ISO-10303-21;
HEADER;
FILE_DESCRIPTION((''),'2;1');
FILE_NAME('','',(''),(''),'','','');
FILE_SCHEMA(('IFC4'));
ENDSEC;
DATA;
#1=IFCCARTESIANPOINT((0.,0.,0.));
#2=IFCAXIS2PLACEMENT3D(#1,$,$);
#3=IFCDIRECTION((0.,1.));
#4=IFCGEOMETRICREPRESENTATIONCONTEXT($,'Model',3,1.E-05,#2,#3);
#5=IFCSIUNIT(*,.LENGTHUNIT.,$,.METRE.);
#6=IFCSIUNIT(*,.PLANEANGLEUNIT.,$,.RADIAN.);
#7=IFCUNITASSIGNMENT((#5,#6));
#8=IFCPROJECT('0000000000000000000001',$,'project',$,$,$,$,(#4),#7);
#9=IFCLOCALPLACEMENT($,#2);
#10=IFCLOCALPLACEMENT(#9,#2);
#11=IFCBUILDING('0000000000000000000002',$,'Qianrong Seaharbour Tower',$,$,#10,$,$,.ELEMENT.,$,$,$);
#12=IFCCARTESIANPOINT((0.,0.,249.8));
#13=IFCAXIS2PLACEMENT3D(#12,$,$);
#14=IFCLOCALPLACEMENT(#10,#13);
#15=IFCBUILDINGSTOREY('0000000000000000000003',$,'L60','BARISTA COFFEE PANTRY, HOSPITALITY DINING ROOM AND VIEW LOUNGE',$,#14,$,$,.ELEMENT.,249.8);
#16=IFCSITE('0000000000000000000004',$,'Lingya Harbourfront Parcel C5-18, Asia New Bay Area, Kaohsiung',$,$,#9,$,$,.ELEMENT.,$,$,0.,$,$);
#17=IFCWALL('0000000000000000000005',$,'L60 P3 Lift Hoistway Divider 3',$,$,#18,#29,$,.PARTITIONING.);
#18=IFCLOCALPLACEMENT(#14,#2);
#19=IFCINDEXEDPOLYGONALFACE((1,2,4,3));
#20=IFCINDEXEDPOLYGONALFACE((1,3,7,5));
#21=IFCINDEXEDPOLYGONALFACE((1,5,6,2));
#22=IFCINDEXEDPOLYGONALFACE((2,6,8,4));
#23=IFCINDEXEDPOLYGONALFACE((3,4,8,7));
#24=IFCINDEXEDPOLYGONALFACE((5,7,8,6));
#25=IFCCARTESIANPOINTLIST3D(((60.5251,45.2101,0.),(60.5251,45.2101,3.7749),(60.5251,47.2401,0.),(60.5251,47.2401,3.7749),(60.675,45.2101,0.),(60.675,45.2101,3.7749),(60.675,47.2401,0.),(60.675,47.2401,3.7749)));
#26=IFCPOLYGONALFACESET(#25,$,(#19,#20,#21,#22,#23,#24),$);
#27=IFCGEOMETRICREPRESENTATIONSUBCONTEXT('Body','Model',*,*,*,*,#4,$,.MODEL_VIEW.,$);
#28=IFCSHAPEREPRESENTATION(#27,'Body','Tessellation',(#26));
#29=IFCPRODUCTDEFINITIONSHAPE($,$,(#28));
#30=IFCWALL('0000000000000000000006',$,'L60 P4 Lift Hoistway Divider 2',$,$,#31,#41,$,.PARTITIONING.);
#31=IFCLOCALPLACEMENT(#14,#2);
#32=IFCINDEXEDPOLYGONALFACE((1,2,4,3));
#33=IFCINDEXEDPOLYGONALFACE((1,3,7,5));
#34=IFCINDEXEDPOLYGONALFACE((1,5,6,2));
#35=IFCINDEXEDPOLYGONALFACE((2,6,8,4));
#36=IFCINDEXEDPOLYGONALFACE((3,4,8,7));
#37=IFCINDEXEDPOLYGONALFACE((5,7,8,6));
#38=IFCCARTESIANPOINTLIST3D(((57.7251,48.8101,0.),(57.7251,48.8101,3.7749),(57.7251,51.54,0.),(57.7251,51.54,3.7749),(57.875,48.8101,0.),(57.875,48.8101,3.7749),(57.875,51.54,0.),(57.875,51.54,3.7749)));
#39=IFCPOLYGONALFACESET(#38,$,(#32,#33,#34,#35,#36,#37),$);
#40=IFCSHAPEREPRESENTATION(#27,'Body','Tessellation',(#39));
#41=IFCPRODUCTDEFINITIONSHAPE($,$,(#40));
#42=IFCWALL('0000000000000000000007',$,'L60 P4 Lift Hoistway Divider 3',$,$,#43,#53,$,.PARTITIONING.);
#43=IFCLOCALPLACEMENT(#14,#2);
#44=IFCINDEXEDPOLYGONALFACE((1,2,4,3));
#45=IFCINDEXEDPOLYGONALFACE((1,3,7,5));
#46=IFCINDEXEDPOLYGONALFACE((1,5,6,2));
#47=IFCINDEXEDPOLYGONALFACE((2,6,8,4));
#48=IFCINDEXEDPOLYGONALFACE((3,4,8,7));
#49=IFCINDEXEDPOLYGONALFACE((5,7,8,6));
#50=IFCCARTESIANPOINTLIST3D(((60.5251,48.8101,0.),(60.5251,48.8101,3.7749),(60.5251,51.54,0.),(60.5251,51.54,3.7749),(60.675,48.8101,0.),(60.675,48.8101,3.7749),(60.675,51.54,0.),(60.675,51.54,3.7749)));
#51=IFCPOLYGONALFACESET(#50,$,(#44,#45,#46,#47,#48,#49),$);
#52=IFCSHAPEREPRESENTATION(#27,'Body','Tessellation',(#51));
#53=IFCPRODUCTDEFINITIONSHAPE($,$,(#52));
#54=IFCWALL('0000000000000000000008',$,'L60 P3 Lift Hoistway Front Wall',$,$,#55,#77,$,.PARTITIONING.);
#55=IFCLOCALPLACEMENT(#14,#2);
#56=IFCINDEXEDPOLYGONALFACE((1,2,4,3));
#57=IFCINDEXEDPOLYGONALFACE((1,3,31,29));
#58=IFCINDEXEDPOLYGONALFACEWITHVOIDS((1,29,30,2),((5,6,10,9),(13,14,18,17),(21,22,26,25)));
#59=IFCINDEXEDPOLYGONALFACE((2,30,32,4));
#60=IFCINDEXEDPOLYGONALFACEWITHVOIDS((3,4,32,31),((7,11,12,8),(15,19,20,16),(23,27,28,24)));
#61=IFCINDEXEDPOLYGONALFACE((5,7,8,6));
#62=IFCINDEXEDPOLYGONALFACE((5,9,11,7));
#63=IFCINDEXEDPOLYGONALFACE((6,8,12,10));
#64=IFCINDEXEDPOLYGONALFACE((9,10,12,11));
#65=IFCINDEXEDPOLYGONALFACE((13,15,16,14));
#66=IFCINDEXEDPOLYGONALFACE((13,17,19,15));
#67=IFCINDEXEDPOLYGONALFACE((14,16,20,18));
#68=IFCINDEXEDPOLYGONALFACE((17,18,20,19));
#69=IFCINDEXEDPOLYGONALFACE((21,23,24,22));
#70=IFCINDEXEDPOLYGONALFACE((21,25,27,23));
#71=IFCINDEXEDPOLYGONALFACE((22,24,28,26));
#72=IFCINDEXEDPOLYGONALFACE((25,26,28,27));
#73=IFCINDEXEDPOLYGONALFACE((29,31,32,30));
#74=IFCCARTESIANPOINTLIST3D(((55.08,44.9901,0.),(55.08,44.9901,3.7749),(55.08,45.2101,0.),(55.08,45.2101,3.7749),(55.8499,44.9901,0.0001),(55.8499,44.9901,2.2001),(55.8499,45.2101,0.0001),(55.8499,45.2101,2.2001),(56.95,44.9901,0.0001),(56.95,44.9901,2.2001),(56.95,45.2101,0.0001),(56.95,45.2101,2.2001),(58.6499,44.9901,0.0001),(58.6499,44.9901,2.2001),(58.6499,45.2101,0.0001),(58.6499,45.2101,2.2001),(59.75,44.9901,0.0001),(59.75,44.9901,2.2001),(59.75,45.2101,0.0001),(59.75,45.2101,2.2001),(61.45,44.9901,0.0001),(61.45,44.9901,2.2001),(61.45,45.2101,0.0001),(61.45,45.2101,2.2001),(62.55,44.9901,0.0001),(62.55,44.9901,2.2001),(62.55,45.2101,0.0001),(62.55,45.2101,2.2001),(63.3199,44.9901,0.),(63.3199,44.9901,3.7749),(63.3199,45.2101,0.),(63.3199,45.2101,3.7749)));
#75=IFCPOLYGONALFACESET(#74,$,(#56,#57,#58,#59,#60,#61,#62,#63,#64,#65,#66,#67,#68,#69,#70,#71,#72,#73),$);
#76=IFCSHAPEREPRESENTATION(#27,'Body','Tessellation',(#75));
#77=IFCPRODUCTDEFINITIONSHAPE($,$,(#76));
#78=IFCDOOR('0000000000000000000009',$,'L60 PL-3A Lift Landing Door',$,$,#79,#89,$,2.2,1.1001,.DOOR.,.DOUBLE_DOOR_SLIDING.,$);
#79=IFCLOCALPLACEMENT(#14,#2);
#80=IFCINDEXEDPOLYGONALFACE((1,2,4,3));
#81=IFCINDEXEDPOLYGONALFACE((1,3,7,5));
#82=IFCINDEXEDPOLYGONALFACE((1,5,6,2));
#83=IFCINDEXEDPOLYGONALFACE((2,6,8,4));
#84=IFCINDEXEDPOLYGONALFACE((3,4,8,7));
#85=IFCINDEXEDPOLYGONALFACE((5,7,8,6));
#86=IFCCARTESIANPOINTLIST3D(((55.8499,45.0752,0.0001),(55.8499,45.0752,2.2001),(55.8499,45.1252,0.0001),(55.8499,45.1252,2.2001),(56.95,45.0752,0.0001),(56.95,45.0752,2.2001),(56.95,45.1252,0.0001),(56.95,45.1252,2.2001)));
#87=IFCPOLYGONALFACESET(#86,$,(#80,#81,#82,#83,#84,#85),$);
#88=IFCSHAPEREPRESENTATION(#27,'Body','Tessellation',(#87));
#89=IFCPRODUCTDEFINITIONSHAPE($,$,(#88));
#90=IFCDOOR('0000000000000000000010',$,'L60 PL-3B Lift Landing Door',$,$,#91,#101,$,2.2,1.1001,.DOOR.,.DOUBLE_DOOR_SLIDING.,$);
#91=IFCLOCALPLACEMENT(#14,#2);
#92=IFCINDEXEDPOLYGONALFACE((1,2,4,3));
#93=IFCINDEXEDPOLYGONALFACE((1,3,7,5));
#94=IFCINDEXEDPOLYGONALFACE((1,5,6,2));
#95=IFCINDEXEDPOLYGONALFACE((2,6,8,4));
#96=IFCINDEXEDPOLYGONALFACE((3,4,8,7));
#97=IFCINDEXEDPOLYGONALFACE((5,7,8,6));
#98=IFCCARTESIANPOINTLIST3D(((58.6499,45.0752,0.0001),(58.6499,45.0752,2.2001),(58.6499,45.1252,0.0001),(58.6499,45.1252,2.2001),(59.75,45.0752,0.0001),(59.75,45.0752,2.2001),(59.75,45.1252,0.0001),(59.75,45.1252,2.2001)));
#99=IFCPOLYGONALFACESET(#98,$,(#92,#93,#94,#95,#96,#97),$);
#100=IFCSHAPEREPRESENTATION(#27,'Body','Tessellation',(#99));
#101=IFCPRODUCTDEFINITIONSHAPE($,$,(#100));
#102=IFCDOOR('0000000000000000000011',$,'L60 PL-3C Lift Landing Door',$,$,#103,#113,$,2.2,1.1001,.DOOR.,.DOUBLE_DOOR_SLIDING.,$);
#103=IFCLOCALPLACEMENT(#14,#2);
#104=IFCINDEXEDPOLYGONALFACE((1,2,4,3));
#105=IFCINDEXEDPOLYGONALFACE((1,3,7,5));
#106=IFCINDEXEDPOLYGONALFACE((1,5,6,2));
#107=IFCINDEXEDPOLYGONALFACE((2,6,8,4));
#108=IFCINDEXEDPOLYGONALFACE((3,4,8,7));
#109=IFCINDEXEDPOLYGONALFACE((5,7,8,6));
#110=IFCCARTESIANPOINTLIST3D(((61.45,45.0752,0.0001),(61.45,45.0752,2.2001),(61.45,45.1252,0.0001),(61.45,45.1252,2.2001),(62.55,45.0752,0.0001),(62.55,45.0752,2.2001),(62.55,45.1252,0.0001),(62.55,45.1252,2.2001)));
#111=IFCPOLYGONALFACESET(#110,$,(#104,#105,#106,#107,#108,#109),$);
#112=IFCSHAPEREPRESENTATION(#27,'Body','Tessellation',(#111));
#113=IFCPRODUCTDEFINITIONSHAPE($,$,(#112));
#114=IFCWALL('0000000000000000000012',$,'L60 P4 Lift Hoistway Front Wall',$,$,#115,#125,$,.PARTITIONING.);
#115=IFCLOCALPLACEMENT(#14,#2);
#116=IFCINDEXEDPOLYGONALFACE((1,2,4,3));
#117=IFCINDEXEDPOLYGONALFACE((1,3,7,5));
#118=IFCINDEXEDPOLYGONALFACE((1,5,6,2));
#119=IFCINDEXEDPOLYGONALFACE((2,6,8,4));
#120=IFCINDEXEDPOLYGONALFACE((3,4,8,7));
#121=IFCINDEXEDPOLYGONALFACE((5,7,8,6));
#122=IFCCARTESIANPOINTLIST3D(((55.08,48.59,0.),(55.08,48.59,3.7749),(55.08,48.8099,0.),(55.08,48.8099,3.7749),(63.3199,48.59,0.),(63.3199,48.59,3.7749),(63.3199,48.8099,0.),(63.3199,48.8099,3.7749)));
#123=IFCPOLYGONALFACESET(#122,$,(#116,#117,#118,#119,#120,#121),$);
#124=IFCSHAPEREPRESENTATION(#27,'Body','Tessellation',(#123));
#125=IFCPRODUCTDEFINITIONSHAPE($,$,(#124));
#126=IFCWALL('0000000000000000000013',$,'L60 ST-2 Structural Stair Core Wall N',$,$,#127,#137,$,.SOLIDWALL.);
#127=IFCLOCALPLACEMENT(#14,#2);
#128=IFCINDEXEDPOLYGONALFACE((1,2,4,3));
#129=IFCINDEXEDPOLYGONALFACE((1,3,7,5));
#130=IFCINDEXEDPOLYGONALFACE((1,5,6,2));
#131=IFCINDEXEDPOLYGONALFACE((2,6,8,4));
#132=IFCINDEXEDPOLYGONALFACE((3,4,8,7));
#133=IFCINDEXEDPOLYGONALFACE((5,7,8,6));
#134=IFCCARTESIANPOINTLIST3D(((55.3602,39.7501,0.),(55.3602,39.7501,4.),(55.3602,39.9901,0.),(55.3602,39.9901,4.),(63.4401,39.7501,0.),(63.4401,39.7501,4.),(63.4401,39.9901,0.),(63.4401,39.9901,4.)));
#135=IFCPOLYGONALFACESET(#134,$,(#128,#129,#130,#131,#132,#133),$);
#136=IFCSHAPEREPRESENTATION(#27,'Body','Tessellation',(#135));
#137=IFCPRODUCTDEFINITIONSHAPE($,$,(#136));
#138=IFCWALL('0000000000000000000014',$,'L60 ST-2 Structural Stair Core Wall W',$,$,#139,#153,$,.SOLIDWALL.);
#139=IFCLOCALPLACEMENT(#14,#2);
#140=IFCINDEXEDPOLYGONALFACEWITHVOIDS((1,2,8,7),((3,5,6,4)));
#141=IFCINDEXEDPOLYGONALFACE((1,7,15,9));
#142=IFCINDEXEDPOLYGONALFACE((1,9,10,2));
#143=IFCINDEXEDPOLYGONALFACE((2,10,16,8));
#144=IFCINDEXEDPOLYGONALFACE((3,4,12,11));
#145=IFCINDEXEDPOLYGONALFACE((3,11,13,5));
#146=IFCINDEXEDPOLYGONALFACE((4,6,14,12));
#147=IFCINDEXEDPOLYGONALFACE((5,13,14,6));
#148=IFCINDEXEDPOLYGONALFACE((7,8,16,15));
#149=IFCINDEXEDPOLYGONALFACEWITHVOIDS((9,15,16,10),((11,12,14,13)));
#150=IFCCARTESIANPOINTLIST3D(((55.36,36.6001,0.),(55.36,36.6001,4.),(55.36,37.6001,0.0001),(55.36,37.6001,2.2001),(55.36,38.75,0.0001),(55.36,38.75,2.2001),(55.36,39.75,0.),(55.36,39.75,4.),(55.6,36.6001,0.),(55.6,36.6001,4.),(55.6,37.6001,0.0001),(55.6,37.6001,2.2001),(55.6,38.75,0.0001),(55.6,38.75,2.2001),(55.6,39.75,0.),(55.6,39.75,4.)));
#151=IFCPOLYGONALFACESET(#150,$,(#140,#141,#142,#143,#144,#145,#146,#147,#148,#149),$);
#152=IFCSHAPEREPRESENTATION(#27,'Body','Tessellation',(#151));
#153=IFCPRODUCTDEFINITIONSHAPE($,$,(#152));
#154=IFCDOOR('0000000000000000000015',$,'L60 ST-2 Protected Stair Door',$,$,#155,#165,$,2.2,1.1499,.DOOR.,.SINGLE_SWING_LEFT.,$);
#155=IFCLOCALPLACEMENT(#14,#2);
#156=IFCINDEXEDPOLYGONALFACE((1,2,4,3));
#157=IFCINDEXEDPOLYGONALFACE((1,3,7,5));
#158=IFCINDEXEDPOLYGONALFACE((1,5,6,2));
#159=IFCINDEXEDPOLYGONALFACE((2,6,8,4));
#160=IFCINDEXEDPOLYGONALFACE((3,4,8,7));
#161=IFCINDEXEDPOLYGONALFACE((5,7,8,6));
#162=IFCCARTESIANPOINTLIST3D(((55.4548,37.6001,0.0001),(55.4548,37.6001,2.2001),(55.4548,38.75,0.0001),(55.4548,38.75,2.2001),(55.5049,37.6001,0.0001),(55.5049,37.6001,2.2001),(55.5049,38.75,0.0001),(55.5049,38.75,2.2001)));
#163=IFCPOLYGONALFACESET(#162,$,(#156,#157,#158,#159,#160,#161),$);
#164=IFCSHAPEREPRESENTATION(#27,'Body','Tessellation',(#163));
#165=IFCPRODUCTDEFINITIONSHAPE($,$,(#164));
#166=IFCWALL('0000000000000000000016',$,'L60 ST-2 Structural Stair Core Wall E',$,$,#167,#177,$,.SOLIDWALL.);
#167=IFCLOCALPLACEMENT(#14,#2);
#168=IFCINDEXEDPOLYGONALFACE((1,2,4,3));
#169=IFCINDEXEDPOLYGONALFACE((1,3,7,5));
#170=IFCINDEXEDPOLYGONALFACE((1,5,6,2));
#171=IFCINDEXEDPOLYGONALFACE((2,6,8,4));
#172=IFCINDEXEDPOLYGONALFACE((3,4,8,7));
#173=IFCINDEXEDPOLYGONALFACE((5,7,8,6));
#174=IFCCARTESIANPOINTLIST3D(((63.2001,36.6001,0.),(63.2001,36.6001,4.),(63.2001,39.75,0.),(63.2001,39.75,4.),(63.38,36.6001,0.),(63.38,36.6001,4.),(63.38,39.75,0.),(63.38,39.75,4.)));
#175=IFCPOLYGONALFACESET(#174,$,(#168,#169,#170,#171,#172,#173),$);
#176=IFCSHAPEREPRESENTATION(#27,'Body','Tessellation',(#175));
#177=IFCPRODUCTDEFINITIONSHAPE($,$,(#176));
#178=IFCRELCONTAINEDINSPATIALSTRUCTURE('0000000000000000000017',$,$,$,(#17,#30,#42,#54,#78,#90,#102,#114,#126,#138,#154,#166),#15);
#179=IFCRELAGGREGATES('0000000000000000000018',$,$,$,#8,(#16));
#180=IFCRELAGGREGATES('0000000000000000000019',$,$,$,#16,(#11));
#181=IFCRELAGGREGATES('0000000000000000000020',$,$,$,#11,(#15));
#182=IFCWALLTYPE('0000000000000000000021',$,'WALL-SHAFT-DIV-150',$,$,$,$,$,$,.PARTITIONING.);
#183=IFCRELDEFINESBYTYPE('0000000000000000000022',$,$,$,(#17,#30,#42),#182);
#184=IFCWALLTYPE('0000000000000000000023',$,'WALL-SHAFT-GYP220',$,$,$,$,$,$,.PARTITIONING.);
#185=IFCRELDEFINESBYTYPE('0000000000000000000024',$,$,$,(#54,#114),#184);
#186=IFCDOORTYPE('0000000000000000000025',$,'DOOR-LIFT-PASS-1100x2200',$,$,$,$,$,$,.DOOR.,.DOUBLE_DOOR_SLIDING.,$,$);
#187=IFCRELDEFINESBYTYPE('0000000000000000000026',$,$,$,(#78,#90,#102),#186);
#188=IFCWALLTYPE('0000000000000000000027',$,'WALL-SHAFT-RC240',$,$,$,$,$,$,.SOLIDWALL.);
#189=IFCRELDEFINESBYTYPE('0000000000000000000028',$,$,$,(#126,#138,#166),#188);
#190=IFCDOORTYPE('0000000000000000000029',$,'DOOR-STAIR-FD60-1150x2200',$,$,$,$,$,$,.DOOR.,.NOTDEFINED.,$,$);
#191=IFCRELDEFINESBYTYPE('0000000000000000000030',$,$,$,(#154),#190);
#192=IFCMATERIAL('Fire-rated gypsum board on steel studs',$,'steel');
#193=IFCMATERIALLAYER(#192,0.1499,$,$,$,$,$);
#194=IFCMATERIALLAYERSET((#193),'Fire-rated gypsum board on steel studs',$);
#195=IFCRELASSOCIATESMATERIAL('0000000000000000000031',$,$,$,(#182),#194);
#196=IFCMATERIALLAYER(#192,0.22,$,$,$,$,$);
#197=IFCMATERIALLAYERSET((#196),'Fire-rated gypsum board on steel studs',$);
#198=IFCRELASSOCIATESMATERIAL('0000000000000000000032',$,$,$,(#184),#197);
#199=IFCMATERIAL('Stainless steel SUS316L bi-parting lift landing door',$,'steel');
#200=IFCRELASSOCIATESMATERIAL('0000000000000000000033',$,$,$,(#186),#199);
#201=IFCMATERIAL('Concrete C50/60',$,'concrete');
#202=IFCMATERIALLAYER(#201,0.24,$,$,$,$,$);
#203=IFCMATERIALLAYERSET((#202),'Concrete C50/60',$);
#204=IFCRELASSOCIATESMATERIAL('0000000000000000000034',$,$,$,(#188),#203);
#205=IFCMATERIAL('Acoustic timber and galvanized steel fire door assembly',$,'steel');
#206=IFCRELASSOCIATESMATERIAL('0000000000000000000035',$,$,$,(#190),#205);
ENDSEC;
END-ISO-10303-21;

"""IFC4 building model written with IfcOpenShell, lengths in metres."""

from ifc_helpers import new_model, si_unit, direction, frame, frame_2d, origin, place, context, subcontext, project, spatial, rectangle, extrude, material, layer, layer_set, type_object, element, fill, save


model = new_model("IFC4")

# Units and contexts
model_context = context("Model", 3, precision=1e-05, world=origin(), true_north=direction((0.0, 1.0)))
body_context = subcontext(model_context, "Body", "Model", "MODEL_VIEW")
ifc_project = project(units=[si_unit("LENGTHUNIT", "METRE"), si_unit("PLANEANGLEUNIT", "RADIAN")], contexts=[model_context])

# Site, building, storey
site_placement = place(None, origin())
site = spatial("IfcSite", under=ifc_project, at=site_placement, Name="Lingya Harbourfront Parcel C5-18, Asia New Bay Area, Kaohsiung", CompositionType="ELEMENT", RefElevation=0.0)
building_placement = place(site_placement, origin())
building = spatial("IfcBuilding", under=site, at=building_placement, Name="Qianrong Seaharbour Tower", CompositionType="ELEMENT")
storey_placement = place(building_placement, frame((0.0, 0.0, 249.8)))
storey = spatial("IfcBuildingStorey", under=building, at=storey_placement, Name="L60", Description="BARISTA COFFEE PANTRY, HOSPITALITY DINING ROOM AND VIEW LOUNGE", CompositionType="ELEMENT", Elevation=249.8)

# Shared definitions
ifc_material_1 = material(Name="Acoustic timber and galvanized steel fire door assembly", Category="steel")

# Walls
ifc_material_2 = material(Name="Fire-rated gypsum board on steel studs", Category="steel")
ifc_layer_1 = layer(ifc_material_2, 0.1499)
ifc_layer_set_1 = layer_set([ifc_layer_1], Name="Fire-rated gypsum board on steel studs")
wall_type_1 = type_object("IfcWallType", Name="WALL-SHAFT-DIV-150", PredefinedType="PARTITIONING", material=ifc_layer_set_1)
for number, where, z_axis, x_axis, name in (
    (1, (60.6001, 45.21, 0.0), (0.0, 0.0, 1.0), (0.0, 1.0, 0.0), "L60 P3 Lift Hoistway Divider 3"),
):
    element("IfcWall", number, at=place(storey_placement, frame(where, z_axis=z_axis, x_axis=x_axis)), inside=storey, type_object=wall_type_1, Name=name, PredefinedType="PARTITIONING", context=body_context, shape_type="SweptSolid", body=[
        extrude(rectangle(XDim=2.03, YDim=0.1499, at=frame_2d((1.0151, 0.0))), origin(), (0.0, 0.0, 1.0), 3.7749),
    ])
for number, where, z_axis, x_axis, name in (
    (2, (57.8, 48.8101, 0.0), (0.0, 0.0, 1.0), (0.0, 1.0, 0.0), "L60 P4 Lift Hoistway Divider 2"),
    (3, (60.6001, 48.8101, 0.0), (0.0, 0.0, 1.0), (0.0, 1.0, 0.0), "L60 P4 Lift Hoistway Divider 3"),
):
    element("IfcWall", number, at=place(storey_placement, frame(where, z_axis=z_axis, x_axis=x_axis)), inside=storey, type_object=wall_type_1, Name=name, PredefinedType="PARTITIONING", context=body_context, shape_type="SweptSolid", body=[
        extrude(rectangle(XDim=2.73, YDim=0.1499, at=frame_2d((1.365, 0.0))), origin(), (0.0, 0.0, 1.0), 3.7749),
    ])

# Wall, openings, doors
ifc_layer_2 = layer(ifc_material_2, 0.22)
ifc_layer_set_2 = layer_set([ifc_layer_2], Name="Fire-rated gypsum board on steel studs")
wall_type_2 = type_object("IfcWallType", Name="WALL-SHAFT-GYP220", PredefinedType="PARTITIONING", material=ifc_layer_set_2)
wall_1_placement = place(storey_placement, frame((63.3201, 45.1001, 0.0), z_axis=(0.0, 0.0, 1.0), x_axis=(-1.0, 0.0, 0.0)))
wall_1 = element("IfcWall", 4, at=wall_1_placement, inside=storey, type_object=wall_type_2, Name="L60 P3 Lift Hoistway Front Wall", PredefinedType="PARTITIONING", context=body_context, shape_type="SweptSolid", body=[
    extrude(rectangle(XDim=8.24, YDim=0.22, at=frame_2d((4.1201, 0.0))), origin(), (0.0, 0.0, 1.0), 3.7749),
])
opening_1_placement = place(wall_1_placement, frame((6.3701, 0.0, 0.0)))
opening_1 = element("IfcOpeningElement", 5, at=opening_1_placement, cuts=wall_1, PredefinedType="OPENING", context=body_context, shape_type="SweptSolid", body=[
    extrude(rectangle(XDim=1.1001, YDim=2.2, at=frame_2d((0.55, 1.1001))), frame((0.0, 0.1201, 0.0), z_axis=(0.0, -1.0, 0.0), x_axis=(1.0, 0.0, 0.0)), (0.0, 0.0, 1.0), 0.24),
])
opening_2_placement = place(wall_1_placement, frame((3.5701, 0.0, 0.0)))
opening_2 = element("IfcOpeningElement", 6, at=opening_2_placement, cuts=wall_1, PredefinedType="OPENING", context=body_context, shape_type="SweptSolid", body=[
    extrude(rectangle(XDim=1.1001, YDim=2.2, at=frame_2d((0.55, 1.1001))), frame((0.0, 0.1201, 0.0), z_axis=(0.0, -1.0, 0.0), x_axis=(1.0, 0.0, 0.0)), (0.0, 0.0, 1.0), 0.24),
])
opening_3_placement = place(wall_1_placement, frame((0.77, 0.0, 0.0)))
opening_3 = element("IfcOpeningElement", 7, at=opening_3_placement, cuts=wall_1, PredefinedType="OPENING", context=body_context, shape_type="SweptSolid", body=[
    extrude(rectangle(XDim=1.1001, YDim=2.2, at=frame_2d((0.55, 1.1001))), frame((0.0, 0.1201, 0.0), z_axis=(0.0, -1.0, 0.0), x_axis=(1.0, 0.0, 0.0)), (0.0, 0.0, 1.0), 0.24),
])
ifc_material_3 = material(Name="Stainless steel SUS316L bi-parting lift landing door", Category="steel")
door_type_1 = type_object("IfcDoorType", Name="DOOR-LIFT-PASS-1100x2200", OperationType="DOUBLE_DOOR_SLIDING", PredefinedType="DOOR", material=ifc_material_3)
door_1_placement = place(opening_1_placement, origin())
door_1 = element("IfcDoor", 8, at=door_1_placement, inside=storey, type_object=door_type_1, Name="L60 PL-3A Lift Landing Door", OperationType="DOUBLE_DOOR_SLIDING", OverallHeight=2.2, OverallWidth=1.1001, PredefinedType="DOOR", context=body_context, shape_type="SweptSolid", body=[
    extrude(rectangle(XDim=1.1001, YDim=2.2, at=frame_2d((0.55, 1.1001))), frame((0.0, 0.0249, 0.0), z_axis=(0.0, -1.0, 0.0), x_axis=(1.0, 0.0, 0.0)), (0.0, 0.0, 1.0), 0.05),
])
fill(opening_1, door_1)
door_2_placement = place(opening_2_placement, origin())
door_2 = element("IfcDoor", 9, at=door_2_placement, inside=storey, type_object=door_type_1, Name="L60 PL-3B Lift Landing Door", OperationType="DOUBLE_DOOR_SLIDING", OverallHeight=2.2, OverallWidth=1.1001, PredefinedType="DOOR", context=body_context, shape_type="SweptSolid", body=[
    extrude(rectangle(XDim=1.1001, YDim=2.2, at=frame_2d((0.55, 1.1001))), frame((0.0, 0.0249, 0.0), z_axis=(0.0, -1.0, 0.0), x_axis=(1.0, 0.0, 0.0)), (0.0, 0.0, 1.0), 0.05),
])
fill(opening_2, door_2)
door_3_placement = place(opening_3_placement, origin())
door_3 = element("IfcDoor", 10, at=door_3_placement, inside=storey, type_object=door_type_1, Name="L60 PL-3C Lift Landing Door", OperationType="DOUBLE_DOOR_SLIDING", OverallHeight=2.2, OverallWidth=1.1001, PredefinedType="DOOR", context=body_context, shape_type="SweptSolid", body=[
    extrude(rectangle(XDim=1.1001, YDim=2.2, at=frame_2d((0.55, 1.1001))), frame((0.0, 0.0249, 0.0), z_axis=(0.0, -1.0, 0.0), x_axis=(1.0, 0.0, 0.0)), (0.0, 0.0, 1.0), 0.05),
])
fill(opening_3, door_3)

# Walls
wall_2_placement = place(storey_placement, frame((63.3201, 48.7, 0.0), z_axis=(0.0, 0.0, 1.0), x_axis=(-1.0, 0.0, 0.0)))
element("IfcWall", 11, at=wall_2_placement, inside=storey, type_object=wall_type_2, Name="L60 P4 Lift Hoistway Front Wall", PredefinedType="PARTITIONING", context=body_context, shape_type="SweptSolid", body=[
    extrude(rectangle(XDim=8.24, YDim=0.22, at=frame_2d((4.1201, 0.0))), origin(), (0.0, 0.0, 1.0), 3.7749),
])
ifc_material_4 = material(Name="Concrete C50/60", Category="concrete")
ifc_layer_3 = layer(ifc_material_4, 0.24)
ifc_layer_set_3 = layer_set([ifc_layer_3], Name="Concrete C50/60")
wall_type_3 = type_object("IfcWallType", Name="WALL-SHAFT-RC240", PredefinedType="SOLIDWALL", material=ifc_layer_set_3)
wall_3_placement = place(storey_placement, frame((55.3601, 39.8701, 0.0), z_axis=(0.0, 0.0, 1.0), x_axis=(1.0, 0.0, 0.0)))
element("IfcWall", 12, at=wall_3_placement, inside=storey, type_object=wall_type_3, Name="L60 ST-2 Structural Stair Core Wall N", PredefinedType="SOLIDWALL", context=body_context, shape_type="SweptSolid", body=[
    extrude(rectangle(XDim=8.0798, YDim=0.24, at=frame_2d((4.04, 0.0))), origin(), (0.0, 0.0, 1.0), 4.0),
])

# Wall, opening, door
wall_4_placement = place(storey_placement, frame((55.48, 39.75, 0.0), z_axis=(0.0, 0.0, 1.0), x_axis=(0.0, -1.0, 0.0)))
wall_4 = element("IfcWall", 13, at=wall_4_placement, inside=storey, type_object=wall_type_3, Name="L60 ST-2 Structural Stair Core Wall W", PredefinedType="SOLIDWALL", context=body_context, shape_type="SweptSolid", body=[
    extrude(rectangle(XDim=3.1499, YDim=0.24, at=frame_2d((1.575, 0.0))), origin(), (0.0, 0.0, 1.0), 4.0),
])
opening_4_placement = place(wall_4_placement, frame((1.0, 0.0, 0.0)))
opening_4 = element("IfcOpeningElement", 14, at=opening_4_placement, cuts=wall_4, PredefinedType="OPENING", context=body_context, shape_type="SweptSolid", body=[
    extrude(rectangle(XDim=1.1499, YDim=2.2, at=frame_2d((0.575, 1.1001))), frame((0.0, 0.1299, 0.0), z_axis=(0.0, -1.0, 0.0), x_axis=(1.0, 0.0, 0.0)), (0.0, 0.0, 1.0), 0.26),
])
door_type_2 = type_object("IfcDoorType", Name="DOOR-STAIR-FD60-1150x2200", OperationType="NOTDEFINED", PredefinedType="DOOR", material=ifc_material_1)
door_4_placement = place(opening_4_placement, origin())
door_4 = element("IfcDoor", 15, at=door_4_placement, inside=storey, type_object=door_type_2, Name="L60 ST-2 Protected Stair Door", OperationType="SINGLE_SWING_LEFT", OverallHeight=2.2, OverallWidth=1.1499, PredefinedType="DOOR", context=body_context, shape_type="SweptSolid", body=[
    extrude(rectangle(XDim=1.1499, YDim=2.2, at=frame_2d((0.575, 1.1001))), frame((0.0, 0.0249, 0.0), z_axis=(0.0, -1.0, 0.0), x_axis=(1.0, 0.0, 0.0)), (0.0, 0.0, 1.0), 0.05),
])
fill(opening_4, door_4)

# Wall
wall_5_placement = place(storey_placement, frame((63.29, 36.6001, 0.0), z_axis=(0.0, 0.0, 1.0), x_axis=(0.0, 1.0, 0.0)))
element("IfcWall", 16, at=wall_5_placement, inside=storey, type_object=wall_type_3, Name="L60 ST-2 Structural Stair Core Wall E", PredefinedType="SOLIDWALL", context=body_context, shape_type="SweptSolid", body=[
    extrude(rectangle(XDim=3.1499, YDim=0.1799, at=frame_2d((1.575, 0.0))), origin(), (0.0, 0.0, 1.0), 4.0),
])

save(model, "model.ifc")
